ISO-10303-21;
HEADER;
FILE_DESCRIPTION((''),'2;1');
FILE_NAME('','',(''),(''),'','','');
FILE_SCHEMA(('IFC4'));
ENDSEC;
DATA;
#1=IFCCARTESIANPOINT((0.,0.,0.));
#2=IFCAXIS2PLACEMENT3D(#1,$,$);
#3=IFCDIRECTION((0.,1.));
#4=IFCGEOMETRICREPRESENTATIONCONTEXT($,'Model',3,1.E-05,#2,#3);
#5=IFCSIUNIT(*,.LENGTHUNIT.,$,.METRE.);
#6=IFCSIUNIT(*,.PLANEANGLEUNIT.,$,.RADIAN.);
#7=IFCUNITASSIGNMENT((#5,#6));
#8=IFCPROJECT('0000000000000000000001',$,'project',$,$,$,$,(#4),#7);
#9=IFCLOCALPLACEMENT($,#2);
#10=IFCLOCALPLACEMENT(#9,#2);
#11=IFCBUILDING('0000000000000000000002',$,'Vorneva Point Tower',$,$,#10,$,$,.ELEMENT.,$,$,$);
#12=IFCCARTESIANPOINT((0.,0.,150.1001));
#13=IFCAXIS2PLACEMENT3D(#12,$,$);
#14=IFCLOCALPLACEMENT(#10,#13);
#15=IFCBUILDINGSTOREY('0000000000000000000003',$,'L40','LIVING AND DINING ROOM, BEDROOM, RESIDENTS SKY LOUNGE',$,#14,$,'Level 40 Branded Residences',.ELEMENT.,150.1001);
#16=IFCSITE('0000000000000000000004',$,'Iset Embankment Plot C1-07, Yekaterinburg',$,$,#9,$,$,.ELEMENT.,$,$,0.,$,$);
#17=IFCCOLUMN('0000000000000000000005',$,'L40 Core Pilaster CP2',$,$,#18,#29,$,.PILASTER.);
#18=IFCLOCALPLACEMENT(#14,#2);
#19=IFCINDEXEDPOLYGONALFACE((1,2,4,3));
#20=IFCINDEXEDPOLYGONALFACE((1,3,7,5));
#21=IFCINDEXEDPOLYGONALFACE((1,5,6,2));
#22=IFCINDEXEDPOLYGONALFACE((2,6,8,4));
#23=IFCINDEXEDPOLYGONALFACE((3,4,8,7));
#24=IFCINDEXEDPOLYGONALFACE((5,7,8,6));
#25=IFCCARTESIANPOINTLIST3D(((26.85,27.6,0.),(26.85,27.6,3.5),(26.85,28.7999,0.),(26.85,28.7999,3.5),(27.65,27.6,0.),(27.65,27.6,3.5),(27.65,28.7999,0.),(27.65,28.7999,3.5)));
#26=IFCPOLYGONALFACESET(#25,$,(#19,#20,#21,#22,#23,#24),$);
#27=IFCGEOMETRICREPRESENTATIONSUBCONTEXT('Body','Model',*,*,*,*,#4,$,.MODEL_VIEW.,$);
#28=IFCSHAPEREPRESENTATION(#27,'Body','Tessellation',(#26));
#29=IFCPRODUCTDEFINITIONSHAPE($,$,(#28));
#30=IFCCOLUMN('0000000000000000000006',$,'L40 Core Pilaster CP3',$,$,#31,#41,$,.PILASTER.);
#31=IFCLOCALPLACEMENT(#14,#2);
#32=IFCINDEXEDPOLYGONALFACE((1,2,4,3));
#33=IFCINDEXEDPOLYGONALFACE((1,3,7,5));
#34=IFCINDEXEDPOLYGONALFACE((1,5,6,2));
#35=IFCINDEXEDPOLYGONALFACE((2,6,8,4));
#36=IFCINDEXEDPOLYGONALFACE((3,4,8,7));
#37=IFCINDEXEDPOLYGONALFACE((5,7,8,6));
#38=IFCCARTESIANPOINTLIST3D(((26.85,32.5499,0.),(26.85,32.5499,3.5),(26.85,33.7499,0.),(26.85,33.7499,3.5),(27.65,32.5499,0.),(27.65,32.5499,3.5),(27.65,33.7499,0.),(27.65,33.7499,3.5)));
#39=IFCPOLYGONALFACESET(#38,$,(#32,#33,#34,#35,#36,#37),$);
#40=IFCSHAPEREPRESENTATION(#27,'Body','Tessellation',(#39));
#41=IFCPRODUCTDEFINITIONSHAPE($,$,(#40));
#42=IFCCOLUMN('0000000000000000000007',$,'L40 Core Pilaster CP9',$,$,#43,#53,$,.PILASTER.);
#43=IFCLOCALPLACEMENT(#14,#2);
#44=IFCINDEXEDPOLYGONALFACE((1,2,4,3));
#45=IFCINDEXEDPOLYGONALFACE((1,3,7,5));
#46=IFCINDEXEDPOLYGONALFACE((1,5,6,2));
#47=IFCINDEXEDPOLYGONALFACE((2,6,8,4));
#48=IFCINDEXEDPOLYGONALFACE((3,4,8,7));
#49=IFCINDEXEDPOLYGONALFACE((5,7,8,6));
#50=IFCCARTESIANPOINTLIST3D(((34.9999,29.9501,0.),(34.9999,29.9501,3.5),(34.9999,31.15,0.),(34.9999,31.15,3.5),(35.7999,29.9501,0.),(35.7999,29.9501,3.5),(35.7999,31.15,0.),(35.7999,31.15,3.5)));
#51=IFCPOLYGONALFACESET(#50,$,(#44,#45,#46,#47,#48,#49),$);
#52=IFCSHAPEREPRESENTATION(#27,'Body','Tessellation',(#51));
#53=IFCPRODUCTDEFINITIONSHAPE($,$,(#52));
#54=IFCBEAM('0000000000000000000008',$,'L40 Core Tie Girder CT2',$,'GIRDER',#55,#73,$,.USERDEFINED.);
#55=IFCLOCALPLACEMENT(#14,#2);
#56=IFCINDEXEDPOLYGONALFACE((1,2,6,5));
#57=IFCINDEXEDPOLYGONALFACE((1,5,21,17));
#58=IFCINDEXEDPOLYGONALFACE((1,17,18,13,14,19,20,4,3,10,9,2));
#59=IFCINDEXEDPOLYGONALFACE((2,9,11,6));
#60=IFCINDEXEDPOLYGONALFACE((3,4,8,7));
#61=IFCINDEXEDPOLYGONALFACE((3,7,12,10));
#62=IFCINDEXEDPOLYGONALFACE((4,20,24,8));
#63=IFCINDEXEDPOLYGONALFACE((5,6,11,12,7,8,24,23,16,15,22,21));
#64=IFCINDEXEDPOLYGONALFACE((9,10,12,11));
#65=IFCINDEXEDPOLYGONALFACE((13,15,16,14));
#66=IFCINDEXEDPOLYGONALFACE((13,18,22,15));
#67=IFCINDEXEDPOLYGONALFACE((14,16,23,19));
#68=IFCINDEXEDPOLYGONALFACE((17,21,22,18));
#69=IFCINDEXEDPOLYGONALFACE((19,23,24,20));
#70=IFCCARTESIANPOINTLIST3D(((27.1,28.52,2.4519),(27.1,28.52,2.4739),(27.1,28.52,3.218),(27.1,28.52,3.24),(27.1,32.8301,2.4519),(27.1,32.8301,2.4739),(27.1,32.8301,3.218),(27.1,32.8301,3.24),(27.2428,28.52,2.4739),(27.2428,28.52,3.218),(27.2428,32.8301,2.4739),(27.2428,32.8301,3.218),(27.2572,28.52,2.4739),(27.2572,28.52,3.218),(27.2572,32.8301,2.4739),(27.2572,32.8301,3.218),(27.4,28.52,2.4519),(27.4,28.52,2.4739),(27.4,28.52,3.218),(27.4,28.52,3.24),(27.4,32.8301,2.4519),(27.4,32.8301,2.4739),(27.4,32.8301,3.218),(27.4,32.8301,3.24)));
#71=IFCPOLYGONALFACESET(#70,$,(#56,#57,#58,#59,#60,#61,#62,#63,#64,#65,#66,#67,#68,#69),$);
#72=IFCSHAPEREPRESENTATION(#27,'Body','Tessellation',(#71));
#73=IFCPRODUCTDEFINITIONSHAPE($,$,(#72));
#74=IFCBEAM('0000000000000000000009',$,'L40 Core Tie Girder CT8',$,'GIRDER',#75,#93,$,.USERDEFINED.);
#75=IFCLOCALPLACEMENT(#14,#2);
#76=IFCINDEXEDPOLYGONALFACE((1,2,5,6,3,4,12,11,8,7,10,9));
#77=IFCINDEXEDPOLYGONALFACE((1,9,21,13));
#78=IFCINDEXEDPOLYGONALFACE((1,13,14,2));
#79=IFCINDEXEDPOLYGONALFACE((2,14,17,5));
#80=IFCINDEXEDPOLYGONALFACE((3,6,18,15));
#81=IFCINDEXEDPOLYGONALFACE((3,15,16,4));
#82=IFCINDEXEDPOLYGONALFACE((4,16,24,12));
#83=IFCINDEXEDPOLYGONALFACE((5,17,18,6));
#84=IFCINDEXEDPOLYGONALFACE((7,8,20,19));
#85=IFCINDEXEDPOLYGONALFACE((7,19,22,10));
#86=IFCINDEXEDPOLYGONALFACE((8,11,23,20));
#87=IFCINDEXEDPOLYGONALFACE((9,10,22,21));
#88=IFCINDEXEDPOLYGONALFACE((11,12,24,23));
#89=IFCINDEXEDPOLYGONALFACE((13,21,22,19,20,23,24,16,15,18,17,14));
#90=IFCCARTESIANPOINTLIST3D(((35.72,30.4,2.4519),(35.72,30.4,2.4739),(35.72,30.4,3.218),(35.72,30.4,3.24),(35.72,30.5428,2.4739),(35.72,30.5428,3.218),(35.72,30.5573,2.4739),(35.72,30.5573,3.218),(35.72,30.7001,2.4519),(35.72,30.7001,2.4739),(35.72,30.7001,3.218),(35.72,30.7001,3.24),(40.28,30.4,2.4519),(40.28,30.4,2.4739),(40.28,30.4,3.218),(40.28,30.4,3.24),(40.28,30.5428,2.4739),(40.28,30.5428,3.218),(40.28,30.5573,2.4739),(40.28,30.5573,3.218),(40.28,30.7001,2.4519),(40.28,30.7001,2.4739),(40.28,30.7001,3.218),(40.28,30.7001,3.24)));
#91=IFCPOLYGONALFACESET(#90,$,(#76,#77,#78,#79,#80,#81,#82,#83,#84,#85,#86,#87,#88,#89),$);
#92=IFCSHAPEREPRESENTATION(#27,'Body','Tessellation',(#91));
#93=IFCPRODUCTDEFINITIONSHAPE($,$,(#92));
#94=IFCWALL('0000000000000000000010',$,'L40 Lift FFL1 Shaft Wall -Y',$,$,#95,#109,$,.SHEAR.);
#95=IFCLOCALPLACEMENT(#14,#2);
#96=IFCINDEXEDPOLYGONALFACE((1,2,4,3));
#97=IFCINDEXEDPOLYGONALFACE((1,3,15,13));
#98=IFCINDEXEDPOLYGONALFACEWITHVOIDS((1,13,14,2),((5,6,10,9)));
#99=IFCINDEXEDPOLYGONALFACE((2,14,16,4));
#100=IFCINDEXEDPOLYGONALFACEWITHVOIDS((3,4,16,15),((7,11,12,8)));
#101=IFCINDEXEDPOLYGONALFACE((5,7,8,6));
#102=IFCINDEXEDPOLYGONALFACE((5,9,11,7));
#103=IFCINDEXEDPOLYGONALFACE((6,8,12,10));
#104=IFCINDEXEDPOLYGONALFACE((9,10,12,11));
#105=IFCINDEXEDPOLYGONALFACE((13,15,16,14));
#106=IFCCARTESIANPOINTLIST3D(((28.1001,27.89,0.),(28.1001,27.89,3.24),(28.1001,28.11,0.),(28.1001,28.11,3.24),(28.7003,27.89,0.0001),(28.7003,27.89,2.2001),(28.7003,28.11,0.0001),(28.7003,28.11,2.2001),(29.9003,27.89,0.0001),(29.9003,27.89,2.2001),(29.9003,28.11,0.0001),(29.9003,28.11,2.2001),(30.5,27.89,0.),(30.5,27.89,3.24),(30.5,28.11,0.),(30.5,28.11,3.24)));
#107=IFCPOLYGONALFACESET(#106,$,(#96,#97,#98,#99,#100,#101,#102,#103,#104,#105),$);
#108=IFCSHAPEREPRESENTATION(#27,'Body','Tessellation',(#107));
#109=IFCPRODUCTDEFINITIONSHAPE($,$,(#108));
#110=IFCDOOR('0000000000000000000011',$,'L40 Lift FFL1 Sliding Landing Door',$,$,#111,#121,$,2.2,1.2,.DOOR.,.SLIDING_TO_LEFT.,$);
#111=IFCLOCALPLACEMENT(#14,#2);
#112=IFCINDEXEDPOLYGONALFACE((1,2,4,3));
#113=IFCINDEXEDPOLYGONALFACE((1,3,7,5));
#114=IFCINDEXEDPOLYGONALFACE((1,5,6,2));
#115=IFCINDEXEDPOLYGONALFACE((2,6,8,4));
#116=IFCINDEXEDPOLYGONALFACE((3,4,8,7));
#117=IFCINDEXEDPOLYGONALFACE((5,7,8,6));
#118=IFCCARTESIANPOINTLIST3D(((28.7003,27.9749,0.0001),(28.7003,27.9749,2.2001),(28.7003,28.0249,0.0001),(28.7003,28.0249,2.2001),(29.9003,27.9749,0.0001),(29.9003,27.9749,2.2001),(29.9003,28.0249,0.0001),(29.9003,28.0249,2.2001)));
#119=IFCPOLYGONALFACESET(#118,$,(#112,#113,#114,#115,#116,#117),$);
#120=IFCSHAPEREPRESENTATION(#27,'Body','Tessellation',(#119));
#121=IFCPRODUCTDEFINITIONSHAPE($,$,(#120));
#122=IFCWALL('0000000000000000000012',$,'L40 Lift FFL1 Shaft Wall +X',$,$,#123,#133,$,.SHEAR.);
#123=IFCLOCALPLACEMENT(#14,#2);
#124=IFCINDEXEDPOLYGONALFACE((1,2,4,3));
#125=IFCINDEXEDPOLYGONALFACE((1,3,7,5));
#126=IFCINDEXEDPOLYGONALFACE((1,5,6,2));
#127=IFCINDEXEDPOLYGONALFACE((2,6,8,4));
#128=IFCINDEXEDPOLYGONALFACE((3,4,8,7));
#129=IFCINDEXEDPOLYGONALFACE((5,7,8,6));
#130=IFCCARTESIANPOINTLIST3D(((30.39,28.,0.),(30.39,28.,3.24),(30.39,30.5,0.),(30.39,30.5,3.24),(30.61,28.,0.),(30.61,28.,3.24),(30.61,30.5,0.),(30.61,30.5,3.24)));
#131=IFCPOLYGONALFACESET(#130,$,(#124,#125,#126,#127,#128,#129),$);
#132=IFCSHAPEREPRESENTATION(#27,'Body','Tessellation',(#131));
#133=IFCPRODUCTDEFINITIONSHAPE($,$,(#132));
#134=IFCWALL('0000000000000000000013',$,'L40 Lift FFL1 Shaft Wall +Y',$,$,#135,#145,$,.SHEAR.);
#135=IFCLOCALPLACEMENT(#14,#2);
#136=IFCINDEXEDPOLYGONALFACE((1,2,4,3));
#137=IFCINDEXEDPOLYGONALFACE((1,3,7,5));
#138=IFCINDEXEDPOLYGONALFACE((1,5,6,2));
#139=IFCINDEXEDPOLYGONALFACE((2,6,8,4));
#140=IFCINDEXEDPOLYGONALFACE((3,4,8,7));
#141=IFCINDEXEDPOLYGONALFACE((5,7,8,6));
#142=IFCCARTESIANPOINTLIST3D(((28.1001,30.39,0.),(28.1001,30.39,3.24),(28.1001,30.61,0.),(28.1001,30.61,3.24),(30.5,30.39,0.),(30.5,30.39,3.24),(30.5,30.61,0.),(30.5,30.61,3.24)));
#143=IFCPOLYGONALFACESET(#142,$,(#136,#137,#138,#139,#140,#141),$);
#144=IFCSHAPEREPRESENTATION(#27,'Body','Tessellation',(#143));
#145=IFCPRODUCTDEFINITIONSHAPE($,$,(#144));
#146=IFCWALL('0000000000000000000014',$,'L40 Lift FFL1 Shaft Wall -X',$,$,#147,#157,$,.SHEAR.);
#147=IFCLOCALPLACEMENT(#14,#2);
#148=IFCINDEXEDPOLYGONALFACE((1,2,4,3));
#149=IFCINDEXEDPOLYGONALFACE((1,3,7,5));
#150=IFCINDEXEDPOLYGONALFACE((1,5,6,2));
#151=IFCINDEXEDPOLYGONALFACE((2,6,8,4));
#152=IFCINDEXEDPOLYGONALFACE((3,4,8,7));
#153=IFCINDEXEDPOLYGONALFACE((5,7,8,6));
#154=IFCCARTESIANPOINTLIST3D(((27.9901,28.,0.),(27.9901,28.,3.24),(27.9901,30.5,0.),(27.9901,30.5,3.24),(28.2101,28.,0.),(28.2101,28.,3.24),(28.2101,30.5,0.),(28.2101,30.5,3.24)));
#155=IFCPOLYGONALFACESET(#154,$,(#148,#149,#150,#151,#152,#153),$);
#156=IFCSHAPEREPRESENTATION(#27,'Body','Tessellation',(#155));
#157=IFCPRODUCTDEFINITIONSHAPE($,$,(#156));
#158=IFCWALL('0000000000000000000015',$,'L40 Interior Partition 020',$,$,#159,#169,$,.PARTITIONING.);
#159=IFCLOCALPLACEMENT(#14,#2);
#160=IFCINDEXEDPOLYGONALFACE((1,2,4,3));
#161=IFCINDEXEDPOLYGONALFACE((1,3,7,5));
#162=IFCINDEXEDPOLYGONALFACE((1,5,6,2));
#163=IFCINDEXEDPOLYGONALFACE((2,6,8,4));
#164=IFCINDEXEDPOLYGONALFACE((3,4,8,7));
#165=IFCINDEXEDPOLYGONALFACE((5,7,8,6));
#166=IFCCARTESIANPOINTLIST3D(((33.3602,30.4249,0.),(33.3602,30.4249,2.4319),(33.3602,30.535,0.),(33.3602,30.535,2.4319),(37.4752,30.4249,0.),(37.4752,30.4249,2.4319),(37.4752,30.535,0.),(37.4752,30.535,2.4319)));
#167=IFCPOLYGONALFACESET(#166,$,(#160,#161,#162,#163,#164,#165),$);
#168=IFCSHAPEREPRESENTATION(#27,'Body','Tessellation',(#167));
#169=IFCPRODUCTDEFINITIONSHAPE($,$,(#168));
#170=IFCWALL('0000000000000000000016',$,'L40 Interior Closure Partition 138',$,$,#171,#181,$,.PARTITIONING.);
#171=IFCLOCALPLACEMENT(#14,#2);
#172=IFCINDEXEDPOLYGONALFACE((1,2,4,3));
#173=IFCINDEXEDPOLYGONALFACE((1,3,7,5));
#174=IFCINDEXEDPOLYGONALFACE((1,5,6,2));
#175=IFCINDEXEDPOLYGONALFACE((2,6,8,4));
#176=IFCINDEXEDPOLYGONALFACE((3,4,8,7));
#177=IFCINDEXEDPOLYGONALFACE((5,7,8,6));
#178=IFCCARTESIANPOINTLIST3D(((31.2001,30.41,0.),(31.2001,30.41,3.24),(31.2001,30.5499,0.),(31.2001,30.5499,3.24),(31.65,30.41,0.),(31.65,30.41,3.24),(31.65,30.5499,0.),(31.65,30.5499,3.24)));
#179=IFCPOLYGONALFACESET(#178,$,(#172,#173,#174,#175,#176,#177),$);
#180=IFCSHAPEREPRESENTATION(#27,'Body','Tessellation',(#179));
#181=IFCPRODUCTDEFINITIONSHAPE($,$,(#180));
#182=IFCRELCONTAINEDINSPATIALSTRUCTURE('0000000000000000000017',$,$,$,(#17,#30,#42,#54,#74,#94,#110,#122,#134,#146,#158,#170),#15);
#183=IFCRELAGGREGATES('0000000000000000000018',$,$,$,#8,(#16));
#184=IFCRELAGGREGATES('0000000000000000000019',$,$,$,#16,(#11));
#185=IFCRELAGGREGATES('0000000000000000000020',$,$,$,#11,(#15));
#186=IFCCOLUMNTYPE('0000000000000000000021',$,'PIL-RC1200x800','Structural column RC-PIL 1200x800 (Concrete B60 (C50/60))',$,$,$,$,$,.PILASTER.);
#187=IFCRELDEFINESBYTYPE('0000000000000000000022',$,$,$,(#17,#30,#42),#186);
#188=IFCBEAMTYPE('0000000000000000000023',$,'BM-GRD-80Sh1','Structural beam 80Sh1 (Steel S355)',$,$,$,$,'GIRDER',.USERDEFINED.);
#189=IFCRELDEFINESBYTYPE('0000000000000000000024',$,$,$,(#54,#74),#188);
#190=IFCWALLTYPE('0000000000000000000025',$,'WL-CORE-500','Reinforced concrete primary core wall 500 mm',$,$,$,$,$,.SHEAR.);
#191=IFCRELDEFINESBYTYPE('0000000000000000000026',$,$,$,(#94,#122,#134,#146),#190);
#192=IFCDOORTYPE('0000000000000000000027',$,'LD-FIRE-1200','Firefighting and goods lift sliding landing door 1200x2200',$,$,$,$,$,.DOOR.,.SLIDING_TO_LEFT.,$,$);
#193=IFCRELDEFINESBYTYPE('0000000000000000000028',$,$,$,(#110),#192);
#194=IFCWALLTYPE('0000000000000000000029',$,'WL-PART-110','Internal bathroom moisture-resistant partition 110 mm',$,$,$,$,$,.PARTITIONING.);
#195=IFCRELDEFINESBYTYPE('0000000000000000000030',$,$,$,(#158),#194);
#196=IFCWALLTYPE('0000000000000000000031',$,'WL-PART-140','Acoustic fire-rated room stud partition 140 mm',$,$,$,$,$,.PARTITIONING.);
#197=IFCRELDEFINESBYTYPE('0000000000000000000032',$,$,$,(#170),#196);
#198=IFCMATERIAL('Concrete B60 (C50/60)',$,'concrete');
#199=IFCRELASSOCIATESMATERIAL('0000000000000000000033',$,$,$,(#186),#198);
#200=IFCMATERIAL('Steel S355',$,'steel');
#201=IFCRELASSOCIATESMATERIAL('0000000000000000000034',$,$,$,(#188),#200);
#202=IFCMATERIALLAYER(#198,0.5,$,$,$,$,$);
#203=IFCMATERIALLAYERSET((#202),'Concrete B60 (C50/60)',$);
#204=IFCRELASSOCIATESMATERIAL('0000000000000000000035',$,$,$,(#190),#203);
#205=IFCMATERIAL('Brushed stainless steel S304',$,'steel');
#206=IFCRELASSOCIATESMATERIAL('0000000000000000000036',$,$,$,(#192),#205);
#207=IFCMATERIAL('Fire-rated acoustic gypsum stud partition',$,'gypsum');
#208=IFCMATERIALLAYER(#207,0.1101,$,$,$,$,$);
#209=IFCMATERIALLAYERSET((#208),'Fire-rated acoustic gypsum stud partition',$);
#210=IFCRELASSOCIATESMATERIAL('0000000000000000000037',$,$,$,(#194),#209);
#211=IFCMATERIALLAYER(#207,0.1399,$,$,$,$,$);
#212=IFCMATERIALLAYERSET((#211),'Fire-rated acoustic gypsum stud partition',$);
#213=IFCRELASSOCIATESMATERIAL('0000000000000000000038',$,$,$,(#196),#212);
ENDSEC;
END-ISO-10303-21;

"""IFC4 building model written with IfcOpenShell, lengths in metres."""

from ifc_helpers import new_model, si_unit, direction, frame, frame_2d, origin, origin_2d, place, context, subcontext, project, spatial, rectangle, i_section, extrude, material, layer, layer_set, material_profile, profile_set, type_object, element, fill, save


model = new_model("IFC4")

# Units and contexts
model_context = context("Model", 3, precision=1e-05, world=origin(), true_north=direction((0.0, 1.0)))
body_context = subcontext(model_context, "Body", "Model", "MODEL_VIEW")
ifc_project = project(units=[si_unit("LENGTHUNIT", "METRE"), si_unit("PLANEANGLEUNIT", "RADIAN")], contexts=[model_context])

# Site, building, storey
site_placement = place(None, origin())
site = spatial("IfcSite", under=ifc_project, at=site_placement, Name="Iset Embankment Plot C1-07, Yekaterinburg", CompositionType="ELEMENT", RefElevation=0.0)
building_placement = place(site_placement, origin())
building = spatial("IfcBuilding", under=site, at=building_placement, Name="Vorneva Point Tower", CompositionType="ELEMENT")
storey_placement = place(building_placement, frame((0.0, 0.0, 150.1001)))
storey = spatial("IfcBuildingStorey", under=building, at=storey_placement, Name="L40", Description="LIVING AND DINING ROOM, BEDROOM, RESIDENTS SKY LOUNGE", LongName="Level 40 Branded Residences", CompositionType="ELEMENT", Elevation=150.1001)

# Columns
ifc_material_1 = material(Name="Concrete B60 (C50/60)", Category="concrete")
ifc_material_profile_1 = material_profile(ifc_material_1, rectangle(XDim=0.8, YDim=1.2, at=origin_2d()), Name="RC-PIL 1200x800")
ifc_profile_set_1 = profile_set([ifc_material_profile_1], Name="Concrete B60 (C50/60)")
column_type = type_object("IfcColumnType", Name="PIL-RC1200x800", Description="Structural column RC-PIL 1200x800 (Concrete B60 (C50/60))", PredefinedType="PILASTER", material=ifc_profile_set_1)
for number, where, z_axis, x_axis, name in (
    (1, (27.25, 28.2, 0.0), (0.0, 0.0, 1.0), (1.0, 0.0, 0.0), "L40 Core Pilaster CP2"),
    (2, (27.25, 33.1499, 0.0), (0.0, 0.0, 1.0), (1.0, 0.0, 0.0), "L40 Core Pilaster CP3"),
    (3, (35.3999, 30.55, 0.0), (0.0, 0.0, 1.0), (1.0, 0.0, 0.0), "L40 Core Pilaster CP9"),
):
    element("IfcColumn", number, at=place(storey_placement, frame(where, z_axis=z_axis, x_axis=x_axis)), inside=storey, type_object=column_type, Name=name, PredefinedType="PILASTER", context=body_context, shape_type="SweptSolid", body=[
        extrude(rectangle(XDim=0.8, YDim=1.2, at=origin_2d()), origin(), (0.0, 0.0, 1.0), 3.5),
    ])

# Beams
ifc_material_2 = material(Name="Steel S355", Category="steel")
ifc_material_profile_2 = material_profile(ifc_material_2, i_section(OverallWidth=0.3, OverallDepth=0.7881, WebThickness=0.0144, FlangeThickness=0.022, at=origin_2d()), Name="80Sh1")
ifc_profile_set_2 = profile_set([ifc_material_profile_2], Name="Steel S355")
beam_type = type_object("IfcBeamType", Name="BM-GRD-80Sh1", Description="Structural beam 80Sh1 (Steel S355)", ElementType="GIRDER", PredefinedType="USERDEFINED", material=ifc_profile_set_2)
beam_1_placement = place(storey_placement, frame((27.25, 28.52, 2.8459), z_axis=(0.0, 1.0, 0.0), x_axis=(-1.0, 0.0, 0.0)))
element("IfcBeam", 4, at=beam_1_placement, inside=storey, type_object=beam_type, Name="L40 Core Tie Girder CT2", ObjectType="GIRDER", PredefinedType="USERDEFINED", context=body_context, shape_type="SweptSolid", body=[
    extrude(i_section(OverallWidth=0.3, OverallDepth=0.7881, WebThickness=0.0144, FlangeThickness=0.022, at=origin_2d()), origin(), (0.0, 0.0, 1.0), 4.3101),
])
beam_2_placement = place(storey_placement, frame((35.72, 30.55, 2.8459), z_axis=(1.0, 0.0, 0.0), x_axis=(0.0, 1.0, 0.0)))
element("IfcBeam", 5, at=beam_2_placement, inside=storey, type_object=beam_type, Name="L40 Core Tie Girder CT8", ObjectType="GIRDER", PredefinedType="USERDEFINED", context=body_context, shape_type="SweptSolid", body=[
    extrude(i_section(OverallWidth=0.3, OverallDepth=0.7881, WebThickness=0.0144, FlangeThickness=0.022, at=origin_2d()), origin(), (0.0, 0.0, 1.0), 4.5601),
])

# Wall, opening, door
ifc_layer_1 = layer(ifc_material_1, 0.5)
ifc_layer_set_1 = layer_set([ifc_layer_1], Name="Concrete B60 (C50/60)")
wall_type_1 = type_object("IfcWallType", Name="WL-CORE-500", Description="Reinforced concrete primary core wall 500 mm", PredefinedType="SHEAR", material=ifc_layer_set_1)
wall_1_placement = place(storey_placement, frame((28.1001, 28.0, 0.0), z_axis=(0.0, 0.0, 1.0), x_axis=(1.0, 0.0, 0.0)))
wall_1 = element("IfcWall", 6, at=wall_1_placement, inside=storey, type_object=wall_type_1, Name="L40 Lift FFL1 Shaft Wall -Y", PredefinedType="SHEAR", context=body_context, shape_type="SweptSolid", body=[
    extrude(rectangle(XDim=2.3999, YDim=0.22, at=frame_2d((1.2, 0.0))), origin(), (0.0, 0.0, 1.0), 3.24),
])
opening_1_placement = place(wall_1_placement, frame((0.6001, 0.0, 0.0)))
opening_1 = element("IfcOpeningElement", 7, at=opening_1_placement, cuts=wall_1, PredefinedType="OPENING", context=body_context, shape_type="SweptSolid", body=[
    extrude(rectangle(XDim=1.2, YDim=2.2, at=frame_2d((0.6001, 1.1001))), frame((0.0, 0.125, 0.0), z_axis=(0.0, -1.0, 0.0), x_axis=(1.0, 0.0, 0.0)), (0.0, 0.0, 1.0), 0.2498),
])
ifc_material_3 = material(Name="Brushed stainless steel S304", Category="steel")
door_type_1 = type_object("IfcDoorType", Name="LD-FIRE-1200", Description="Firefighting and goods lift sliding landing door 1200x2200", OperationType="SLIDING_TO_LEFT", PredefinedType="DOOR", material=ifc_material_3)
door_1_placement = place(opening_1_placement, origin())
door_1 = element("IfcDoor", 8, at=door_1_placement, inside=storey, type_object=door_type_1, Name="L40 Lift FFL1 Sliding Landing Door", OperationType="SLIDING_TO_LEFT", OverallHeight=2.2, OverallWidth=1.2, PredefinedType="DOOR", context=body_context, shape_type="SweptSolid", body=[
    extrude(rectangle(XDim=1.2, YDim=2.2, at=frame_2d((0.6001, 1.1001))), frame((0.0, 0.0249, 0.0), z_axis=(0.0, -1.0, 0.0), x_axis=(1.0, 0.0, 0.0)), (0.0, 0.0, 1.0), 0.05),
])
fill(opening_1, door_1)

# Walls
wall_2_placement = place(storey_placement, frame((30.5, 28.0, 0.0), z_axis=(0.0, 0.0, 1.0), x_axis=(0.0, 1.0, 0.0)))
element("IfcWall", 9, at=wall_2_placement, inside=storey, type_object=wall_type_1, Name="L40 Lift FFL1 Shaft Wall +X", PredefinedType="SHEAR", context=body_context, shape_type="SweptSolid", body=[
    extrude(rectangle(XDim=2.5, YDim=0.22, at=frame_2d((1.25, 0.0))), origin(), (0.0, 0.0, 1.0), 3.24),
])
wall_3_placement = place(storey_placement, frame((30.5, 30.5, 0.0), z_axis=(0.0, 0.0, 1.0), x_axis=(-1.0, 0.0, 0.0)))
element("IfcWall", 10, at=wall_3_placement, inside=storey, type_object=wall_type_1, Name="L40 Lift FFL1 Shaft Wall +Y", PredefinedType="SHEAR", context=body_context, shape_type="SweptSolid", body=[
    extrude(rectangle(XDim=2.3999, YDim=0.22, at=frame_2d((1.2, 0.0))), origin(), (0.0, 0.0, 1.0), 3.24),
])
wall_4_placement = place(storey_placement, frame((28.1001, 30.5, 0.0), z_axis=(0.0, 0.0, 1.0), x_axis=(0.0, -1.0, 0.0)))
element("IfcWall", 11, at=wall_4_placement, inside=storey, type_object=wall_type_1, Name="L40 Lift FFL1 Shaft Wall -X", PredefinedType="SHEAR", context=body_context, shape_type="SweptSolid", body=[
    extrude(rectangle(XDim=2.5, YDim=0.22, at=frame_2d((1.25, 0.0))), origin(), (0.0, 0.0, 1.0), 3.24),
])
ifc_material_4 = material(Name="Fire-rated acoustic gypsum stud partition", Category="gypsum")
ifc_layer_2 = layer(ifc_material_4, 0.1101)
ifc_layer_set_2 = layer_set([ifc_layer_2], Name="Fire-rated acoustic gypsum stud partition")
wall_type_2 = type_object("IfcWallType", Name="WL-PART-110", Description="Internal bathroom moisture-resistant partition 110 mm", PredefinedType="PARTITIONING", material=ifc_layer_set_2)
wall_5_placement = place(storey_placement, frame((33.3601, 30.48, 0.0), z_axis=(0.0, 0.0, 1.0), x_axis=(1.0, 0.0, 0.0)))
element("IfcWall", 12, at=wall_5_placement, inside=storey, type_object=wall_type_2, Name="L40 Interior Partition 020", PredefinedType="PARTITIONING", context=body_context, shape_type="SweptSolid", body=[
    extrude(rectangle(XDim=4.115, YDim=0.1101, at=frame_2d((2.0576, 0.0))), origin(), (0.0, 0.0, 1.0), 2.4319),
])
ifc_layer_3 = layer(ifc_material_4, 0.1399)
ifc_layer_set_3 = layer_set([ifc_layer_3], Name="Fire-rated acoustic gypsum stud partition")
wall_type_3 = type_object("IfcWallType", Name="WL-PART-140", Description="Acoustic fire-rated room stud partition 140 mm", PredefinedType="PARTITIONING", material=ifc_layer_set_3)
wall_6_placement = place(storey_placement, frame((31.2, 30.48, 0.0), z_axis=(0.0, 0.0, 1.0), x_axis=(1.0, 0.0, 0.0)))
element("IfcWall", 13, at=wall_6_placement, inside=storey, type_object=wall_type_3, Name="L40 Interior Closure Partition 138", PredefinedType="PARTITIONING", context=body_context, shape_type="SweptSolid", body=[
    extrude(rectangle(XDim=0.45, YDim=0.1399, at=frame_2d((0.2251, 0.0))), origin(), (0.0, 0.0, 1.0), 3.24),
])

save(model, "model.ifc")
